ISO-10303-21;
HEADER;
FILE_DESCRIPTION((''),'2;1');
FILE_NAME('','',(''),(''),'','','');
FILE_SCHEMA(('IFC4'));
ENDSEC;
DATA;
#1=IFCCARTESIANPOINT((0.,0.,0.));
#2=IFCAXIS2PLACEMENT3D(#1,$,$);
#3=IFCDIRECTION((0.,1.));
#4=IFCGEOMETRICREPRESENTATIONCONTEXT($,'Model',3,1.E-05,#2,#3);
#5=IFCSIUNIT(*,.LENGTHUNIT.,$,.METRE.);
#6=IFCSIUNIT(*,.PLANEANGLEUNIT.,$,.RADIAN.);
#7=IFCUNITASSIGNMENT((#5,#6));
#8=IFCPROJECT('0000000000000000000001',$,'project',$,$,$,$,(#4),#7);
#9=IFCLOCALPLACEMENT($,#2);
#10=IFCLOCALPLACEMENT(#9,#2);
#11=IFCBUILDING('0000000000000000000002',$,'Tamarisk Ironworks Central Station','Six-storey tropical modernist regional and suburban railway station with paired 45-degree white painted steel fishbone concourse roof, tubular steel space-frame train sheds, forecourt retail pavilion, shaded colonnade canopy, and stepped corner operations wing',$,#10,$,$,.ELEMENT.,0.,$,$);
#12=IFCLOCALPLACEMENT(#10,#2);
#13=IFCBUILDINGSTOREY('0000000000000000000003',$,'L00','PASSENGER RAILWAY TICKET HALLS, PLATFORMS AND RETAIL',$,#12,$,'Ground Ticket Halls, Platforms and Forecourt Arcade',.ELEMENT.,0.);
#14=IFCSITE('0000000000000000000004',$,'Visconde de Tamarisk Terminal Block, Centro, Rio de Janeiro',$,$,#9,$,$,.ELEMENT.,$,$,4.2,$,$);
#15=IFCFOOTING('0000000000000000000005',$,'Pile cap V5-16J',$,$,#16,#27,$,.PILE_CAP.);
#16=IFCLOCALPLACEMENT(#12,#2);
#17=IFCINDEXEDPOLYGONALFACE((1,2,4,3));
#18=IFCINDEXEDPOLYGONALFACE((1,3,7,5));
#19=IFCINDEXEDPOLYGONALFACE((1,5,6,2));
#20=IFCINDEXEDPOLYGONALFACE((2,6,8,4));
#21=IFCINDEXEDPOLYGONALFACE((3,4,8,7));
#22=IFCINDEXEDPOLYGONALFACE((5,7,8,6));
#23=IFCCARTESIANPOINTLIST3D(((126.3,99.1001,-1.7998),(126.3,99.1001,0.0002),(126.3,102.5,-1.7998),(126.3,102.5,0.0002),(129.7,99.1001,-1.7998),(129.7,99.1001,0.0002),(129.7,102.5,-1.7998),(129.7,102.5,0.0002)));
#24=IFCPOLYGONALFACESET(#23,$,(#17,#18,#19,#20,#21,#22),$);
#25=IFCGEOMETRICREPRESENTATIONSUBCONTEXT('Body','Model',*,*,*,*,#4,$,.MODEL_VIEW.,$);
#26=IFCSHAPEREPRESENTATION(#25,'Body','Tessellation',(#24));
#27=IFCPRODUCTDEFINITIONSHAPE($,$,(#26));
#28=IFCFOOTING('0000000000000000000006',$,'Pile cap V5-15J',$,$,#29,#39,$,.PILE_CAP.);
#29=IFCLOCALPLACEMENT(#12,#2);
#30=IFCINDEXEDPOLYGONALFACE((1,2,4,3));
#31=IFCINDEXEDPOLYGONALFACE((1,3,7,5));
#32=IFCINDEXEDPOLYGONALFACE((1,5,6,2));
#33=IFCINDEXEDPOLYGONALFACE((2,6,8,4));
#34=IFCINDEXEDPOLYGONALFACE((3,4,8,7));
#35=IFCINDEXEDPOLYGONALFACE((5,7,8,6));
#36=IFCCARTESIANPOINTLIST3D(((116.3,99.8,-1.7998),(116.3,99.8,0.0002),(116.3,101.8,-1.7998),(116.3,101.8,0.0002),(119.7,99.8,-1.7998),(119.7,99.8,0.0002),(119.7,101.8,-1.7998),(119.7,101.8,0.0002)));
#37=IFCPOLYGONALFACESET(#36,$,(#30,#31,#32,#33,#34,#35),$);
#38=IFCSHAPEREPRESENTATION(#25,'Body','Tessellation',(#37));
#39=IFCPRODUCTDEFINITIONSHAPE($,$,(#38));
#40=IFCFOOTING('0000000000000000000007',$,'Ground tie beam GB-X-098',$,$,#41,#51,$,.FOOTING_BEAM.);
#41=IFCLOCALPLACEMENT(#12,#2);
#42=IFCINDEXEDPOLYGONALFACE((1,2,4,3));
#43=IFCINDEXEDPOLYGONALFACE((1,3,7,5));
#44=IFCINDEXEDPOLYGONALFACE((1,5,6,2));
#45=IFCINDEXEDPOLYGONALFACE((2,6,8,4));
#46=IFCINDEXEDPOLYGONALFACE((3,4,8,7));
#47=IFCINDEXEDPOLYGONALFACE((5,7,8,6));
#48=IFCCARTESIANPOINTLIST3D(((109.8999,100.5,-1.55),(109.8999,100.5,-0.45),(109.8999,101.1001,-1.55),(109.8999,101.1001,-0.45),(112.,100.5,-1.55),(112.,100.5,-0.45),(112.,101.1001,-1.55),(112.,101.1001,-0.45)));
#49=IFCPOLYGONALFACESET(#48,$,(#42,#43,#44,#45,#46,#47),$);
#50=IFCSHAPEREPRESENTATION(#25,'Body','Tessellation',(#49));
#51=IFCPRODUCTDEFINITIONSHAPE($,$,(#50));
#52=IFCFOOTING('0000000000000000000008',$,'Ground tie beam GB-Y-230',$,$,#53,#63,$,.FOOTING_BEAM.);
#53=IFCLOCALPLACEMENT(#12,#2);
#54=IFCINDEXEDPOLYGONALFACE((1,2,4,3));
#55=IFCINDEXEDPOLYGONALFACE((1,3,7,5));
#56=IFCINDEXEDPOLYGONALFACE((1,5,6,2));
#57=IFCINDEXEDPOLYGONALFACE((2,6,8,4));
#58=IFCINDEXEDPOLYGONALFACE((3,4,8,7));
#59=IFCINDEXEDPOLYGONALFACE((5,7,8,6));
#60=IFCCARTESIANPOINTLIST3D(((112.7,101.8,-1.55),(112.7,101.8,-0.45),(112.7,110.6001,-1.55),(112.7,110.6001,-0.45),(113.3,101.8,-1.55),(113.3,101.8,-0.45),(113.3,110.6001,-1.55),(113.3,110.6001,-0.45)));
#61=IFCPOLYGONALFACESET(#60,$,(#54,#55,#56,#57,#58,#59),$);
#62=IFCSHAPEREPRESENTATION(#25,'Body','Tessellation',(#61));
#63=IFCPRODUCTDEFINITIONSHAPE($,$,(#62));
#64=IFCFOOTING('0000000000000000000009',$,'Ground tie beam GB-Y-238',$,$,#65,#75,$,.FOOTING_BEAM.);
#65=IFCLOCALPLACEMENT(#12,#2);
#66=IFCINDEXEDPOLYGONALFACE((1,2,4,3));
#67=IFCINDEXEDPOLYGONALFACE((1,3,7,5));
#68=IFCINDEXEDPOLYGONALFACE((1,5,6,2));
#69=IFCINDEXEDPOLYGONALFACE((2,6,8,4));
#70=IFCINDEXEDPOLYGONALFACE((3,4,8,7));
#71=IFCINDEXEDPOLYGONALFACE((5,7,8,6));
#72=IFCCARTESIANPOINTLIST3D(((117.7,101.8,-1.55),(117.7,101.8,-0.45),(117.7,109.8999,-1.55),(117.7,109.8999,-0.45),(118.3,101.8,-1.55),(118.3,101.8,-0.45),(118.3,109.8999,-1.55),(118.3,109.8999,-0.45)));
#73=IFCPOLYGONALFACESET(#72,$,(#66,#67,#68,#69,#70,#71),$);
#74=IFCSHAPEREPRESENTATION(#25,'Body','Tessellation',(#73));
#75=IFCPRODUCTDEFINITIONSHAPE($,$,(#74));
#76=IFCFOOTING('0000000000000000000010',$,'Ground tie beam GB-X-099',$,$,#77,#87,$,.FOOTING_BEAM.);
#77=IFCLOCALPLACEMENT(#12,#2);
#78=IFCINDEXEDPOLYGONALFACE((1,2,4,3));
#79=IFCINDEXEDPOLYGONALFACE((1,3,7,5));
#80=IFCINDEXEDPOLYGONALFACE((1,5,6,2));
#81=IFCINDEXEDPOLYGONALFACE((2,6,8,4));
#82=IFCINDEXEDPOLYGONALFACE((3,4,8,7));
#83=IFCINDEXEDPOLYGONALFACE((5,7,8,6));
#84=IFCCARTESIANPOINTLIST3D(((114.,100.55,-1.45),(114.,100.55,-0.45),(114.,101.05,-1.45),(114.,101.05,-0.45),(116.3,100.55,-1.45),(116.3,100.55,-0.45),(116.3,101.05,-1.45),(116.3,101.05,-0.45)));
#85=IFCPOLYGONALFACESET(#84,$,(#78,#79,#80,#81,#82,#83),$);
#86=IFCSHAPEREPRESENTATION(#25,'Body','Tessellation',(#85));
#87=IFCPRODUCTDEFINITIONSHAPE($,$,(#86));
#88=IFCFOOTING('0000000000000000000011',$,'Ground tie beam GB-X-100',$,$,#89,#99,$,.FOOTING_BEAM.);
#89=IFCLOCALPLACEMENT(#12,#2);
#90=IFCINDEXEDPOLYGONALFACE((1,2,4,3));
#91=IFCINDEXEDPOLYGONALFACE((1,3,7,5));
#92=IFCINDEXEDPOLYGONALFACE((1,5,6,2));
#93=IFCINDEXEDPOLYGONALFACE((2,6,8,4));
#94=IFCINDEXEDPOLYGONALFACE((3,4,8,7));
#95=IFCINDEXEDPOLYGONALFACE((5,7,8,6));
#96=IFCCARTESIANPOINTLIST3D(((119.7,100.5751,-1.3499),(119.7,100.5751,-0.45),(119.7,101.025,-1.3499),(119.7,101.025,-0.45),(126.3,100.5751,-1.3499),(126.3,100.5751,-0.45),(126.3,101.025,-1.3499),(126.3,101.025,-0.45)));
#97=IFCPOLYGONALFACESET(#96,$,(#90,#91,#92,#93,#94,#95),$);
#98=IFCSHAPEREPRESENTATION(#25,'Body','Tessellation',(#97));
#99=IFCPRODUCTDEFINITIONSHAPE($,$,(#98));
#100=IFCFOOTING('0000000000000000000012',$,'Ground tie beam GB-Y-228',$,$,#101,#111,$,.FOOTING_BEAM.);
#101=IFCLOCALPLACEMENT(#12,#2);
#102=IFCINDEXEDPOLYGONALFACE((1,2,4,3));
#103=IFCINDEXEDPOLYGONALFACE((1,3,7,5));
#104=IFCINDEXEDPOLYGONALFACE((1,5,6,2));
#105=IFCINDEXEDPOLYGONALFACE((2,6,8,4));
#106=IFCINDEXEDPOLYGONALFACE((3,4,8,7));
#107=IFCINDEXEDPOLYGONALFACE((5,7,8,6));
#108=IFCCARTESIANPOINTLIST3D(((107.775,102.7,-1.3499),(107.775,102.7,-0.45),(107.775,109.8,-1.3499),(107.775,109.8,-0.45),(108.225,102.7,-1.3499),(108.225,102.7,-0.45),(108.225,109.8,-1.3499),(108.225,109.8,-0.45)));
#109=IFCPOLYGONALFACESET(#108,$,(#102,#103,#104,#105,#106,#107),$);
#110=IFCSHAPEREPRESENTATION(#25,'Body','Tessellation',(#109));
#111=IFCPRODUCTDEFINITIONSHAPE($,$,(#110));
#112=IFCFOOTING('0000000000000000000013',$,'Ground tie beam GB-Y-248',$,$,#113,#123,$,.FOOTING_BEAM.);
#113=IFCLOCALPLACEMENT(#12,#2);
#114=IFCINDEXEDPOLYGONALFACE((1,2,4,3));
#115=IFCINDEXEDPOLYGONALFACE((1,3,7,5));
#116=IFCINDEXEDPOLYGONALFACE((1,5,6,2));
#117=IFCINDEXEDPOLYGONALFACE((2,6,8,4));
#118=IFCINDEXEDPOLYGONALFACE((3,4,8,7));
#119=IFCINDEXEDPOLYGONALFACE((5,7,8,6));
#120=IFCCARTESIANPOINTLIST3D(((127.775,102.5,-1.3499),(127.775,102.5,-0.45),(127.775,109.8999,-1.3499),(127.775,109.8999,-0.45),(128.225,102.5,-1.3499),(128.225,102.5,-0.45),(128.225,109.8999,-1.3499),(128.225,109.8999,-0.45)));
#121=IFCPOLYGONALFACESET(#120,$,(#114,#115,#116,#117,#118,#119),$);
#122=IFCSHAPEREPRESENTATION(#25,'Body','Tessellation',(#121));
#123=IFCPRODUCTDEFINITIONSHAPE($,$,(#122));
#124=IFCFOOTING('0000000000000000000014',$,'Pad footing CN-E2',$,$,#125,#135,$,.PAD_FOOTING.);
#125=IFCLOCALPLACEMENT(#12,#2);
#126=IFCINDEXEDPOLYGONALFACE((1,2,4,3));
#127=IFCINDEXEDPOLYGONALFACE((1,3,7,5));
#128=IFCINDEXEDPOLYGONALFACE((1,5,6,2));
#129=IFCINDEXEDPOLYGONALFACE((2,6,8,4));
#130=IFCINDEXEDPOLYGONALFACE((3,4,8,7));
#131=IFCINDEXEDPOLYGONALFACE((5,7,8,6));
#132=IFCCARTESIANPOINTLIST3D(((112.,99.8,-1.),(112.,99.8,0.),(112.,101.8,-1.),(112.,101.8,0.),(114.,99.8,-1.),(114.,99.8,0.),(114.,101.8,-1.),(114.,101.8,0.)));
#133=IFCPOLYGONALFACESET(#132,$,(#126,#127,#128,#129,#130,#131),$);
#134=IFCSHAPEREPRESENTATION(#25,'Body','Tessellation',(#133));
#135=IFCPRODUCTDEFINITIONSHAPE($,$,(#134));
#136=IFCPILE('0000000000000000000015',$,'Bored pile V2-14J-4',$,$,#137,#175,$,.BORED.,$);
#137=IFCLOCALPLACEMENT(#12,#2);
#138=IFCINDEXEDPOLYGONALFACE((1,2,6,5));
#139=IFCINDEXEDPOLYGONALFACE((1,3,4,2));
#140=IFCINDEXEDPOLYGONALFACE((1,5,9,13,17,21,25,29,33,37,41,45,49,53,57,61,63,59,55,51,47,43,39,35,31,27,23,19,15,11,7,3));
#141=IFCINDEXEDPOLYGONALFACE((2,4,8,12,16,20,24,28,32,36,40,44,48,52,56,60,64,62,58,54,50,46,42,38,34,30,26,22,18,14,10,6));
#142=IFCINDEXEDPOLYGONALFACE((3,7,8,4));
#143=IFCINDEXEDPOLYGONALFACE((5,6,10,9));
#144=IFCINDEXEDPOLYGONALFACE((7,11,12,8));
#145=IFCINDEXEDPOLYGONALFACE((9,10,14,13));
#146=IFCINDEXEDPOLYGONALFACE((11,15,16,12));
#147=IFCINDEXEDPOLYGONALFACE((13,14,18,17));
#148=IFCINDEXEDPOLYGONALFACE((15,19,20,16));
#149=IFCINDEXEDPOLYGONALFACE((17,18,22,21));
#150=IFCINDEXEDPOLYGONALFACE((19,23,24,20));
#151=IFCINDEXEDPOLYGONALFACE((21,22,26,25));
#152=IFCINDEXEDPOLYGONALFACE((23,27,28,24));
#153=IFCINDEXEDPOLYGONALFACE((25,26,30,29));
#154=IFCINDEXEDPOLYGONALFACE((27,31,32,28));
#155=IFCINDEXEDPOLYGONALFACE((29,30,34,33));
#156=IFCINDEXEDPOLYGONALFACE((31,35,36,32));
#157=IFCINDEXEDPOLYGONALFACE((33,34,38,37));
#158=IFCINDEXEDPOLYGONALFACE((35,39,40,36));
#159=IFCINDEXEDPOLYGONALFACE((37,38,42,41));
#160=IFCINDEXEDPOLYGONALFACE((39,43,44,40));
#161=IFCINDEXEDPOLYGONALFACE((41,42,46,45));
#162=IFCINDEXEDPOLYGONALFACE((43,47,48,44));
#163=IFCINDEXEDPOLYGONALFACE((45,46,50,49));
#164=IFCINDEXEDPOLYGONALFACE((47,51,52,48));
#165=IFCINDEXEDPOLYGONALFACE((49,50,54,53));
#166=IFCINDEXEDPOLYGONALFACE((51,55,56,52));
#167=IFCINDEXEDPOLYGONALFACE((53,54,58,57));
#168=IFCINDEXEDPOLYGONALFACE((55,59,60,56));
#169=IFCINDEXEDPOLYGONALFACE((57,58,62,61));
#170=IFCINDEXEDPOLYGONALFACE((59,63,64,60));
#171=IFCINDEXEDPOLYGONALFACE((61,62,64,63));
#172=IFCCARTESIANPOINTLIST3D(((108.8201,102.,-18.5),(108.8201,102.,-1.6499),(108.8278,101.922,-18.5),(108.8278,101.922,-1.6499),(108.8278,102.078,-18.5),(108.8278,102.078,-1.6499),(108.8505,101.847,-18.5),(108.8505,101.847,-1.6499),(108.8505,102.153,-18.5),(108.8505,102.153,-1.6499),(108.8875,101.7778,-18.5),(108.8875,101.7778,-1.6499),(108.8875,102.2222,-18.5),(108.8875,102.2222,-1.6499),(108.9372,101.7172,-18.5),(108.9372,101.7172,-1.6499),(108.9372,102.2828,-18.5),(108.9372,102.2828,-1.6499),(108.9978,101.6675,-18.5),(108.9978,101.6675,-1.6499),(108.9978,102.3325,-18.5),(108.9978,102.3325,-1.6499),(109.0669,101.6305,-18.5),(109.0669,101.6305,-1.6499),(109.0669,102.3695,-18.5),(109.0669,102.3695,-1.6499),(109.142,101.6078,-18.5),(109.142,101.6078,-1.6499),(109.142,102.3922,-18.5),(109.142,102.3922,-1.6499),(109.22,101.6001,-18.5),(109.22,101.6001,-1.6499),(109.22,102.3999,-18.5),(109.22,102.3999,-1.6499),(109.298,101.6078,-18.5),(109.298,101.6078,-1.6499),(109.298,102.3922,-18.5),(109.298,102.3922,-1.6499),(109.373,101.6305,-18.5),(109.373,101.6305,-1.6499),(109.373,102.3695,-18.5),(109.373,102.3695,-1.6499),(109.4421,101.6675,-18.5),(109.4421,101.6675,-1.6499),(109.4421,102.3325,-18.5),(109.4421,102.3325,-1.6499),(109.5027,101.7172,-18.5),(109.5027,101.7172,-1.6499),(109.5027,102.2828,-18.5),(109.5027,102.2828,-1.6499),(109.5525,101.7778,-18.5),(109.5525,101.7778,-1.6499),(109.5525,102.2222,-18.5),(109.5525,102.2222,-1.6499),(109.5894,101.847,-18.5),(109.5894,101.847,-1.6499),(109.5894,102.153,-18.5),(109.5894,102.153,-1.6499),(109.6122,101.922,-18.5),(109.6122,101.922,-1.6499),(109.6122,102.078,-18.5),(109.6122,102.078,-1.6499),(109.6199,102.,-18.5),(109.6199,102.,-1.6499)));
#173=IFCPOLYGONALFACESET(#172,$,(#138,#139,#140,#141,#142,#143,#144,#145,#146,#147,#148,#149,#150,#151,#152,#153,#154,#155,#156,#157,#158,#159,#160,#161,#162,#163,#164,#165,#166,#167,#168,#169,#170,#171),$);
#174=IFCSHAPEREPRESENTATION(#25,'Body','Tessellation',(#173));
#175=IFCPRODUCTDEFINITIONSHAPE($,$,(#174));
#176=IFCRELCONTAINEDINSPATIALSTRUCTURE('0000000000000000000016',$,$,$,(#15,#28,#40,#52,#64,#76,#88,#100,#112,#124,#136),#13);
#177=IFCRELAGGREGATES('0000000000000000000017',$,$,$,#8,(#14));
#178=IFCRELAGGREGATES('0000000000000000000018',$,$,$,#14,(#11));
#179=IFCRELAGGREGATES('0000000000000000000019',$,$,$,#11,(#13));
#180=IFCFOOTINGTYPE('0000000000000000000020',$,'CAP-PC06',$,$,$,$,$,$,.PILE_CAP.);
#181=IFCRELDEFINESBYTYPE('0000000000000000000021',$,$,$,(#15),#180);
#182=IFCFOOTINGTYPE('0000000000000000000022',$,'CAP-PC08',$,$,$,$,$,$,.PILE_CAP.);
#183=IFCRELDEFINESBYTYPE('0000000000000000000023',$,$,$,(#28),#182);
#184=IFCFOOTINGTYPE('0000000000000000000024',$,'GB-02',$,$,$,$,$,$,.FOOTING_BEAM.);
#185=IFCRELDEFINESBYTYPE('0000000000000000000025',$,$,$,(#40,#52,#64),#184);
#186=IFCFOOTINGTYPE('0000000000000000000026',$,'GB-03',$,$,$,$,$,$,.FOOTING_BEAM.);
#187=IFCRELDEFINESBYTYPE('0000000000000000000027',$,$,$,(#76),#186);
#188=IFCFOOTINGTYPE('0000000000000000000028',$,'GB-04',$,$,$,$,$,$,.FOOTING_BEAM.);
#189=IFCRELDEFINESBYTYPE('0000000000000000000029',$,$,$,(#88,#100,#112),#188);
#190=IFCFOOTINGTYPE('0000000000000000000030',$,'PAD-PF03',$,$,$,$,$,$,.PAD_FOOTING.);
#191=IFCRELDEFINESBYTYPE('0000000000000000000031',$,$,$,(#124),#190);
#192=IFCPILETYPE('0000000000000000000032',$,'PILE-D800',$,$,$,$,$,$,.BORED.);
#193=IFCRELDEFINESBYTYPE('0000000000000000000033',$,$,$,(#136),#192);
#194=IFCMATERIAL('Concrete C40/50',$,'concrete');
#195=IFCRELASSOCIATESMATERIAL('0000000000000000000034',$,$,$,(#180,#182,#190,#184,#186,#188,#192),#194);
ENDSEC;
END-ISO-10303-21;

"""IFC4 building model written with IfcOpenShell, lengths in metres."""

from ifc_helpers import new_model, si_unit, direction, frame, origin, origin_2d, place, context, subcontext, project, spatial, rectangle, circle, extrude, material, material_profile, profile_set, type_object, element, save


model = new_model("IFC4")

# Units and contexts
model_context = context("Model", 3, precision=1e-05, world=origin(), true_north=direction((0.0, 1.0)))
body_context = subcontext(model_context, "Body", "Model", "MODEL_VIEW")
ifc_project = project(units=[si_unit("LENGTHUNIT", "METRE"), si_unit("PLANEANGLEUNIT", "RADIAN")], contexts=[model_context])

# Site, building, storey
site_placement = place(None, origin())
site = spatial("IfcSite", under=ifc_project, at=site_placement, Name="Visconde de Tamarisk Terminal Block, Centro, Rio de Janeiro", CompositionType="ELEMENT", RefElevation=4.2)
building_placement = place(site_placement, origin())
building = spatial("IfcBuilding", under=site, at=building_placement, Name="Tamarisk Ironworks Central Station", Description="Six-storey tropical modernist regional and suburban railway station with paired 45-degree white painted steel fishbone concourse roof, tubular steel space-frame train sheds, forecourt retail pavilion, shaded colonnade canopy, and stepped corner operations wing", CompositionType="ELEMENT", ElevationOfRefHeight=0.0)
storey_placement = place(building_placement, origin())
storey = spatial("IfcBuildingStorey", under=building, at=storey_placement, Name="L00", Description="PASSENGER RAILWAY TICKET HALLS, PLATFORMS AND RETAIL", LongName="Ground Ticket Halls, Platforms and Forecourt Arcade", CompositionType="ELEMENT", Elevation=0.0)

# Footings
ifc_material_1 = material(Name="Concrete C40/50", Category="concrete")
footing_type_1 = type_object("IfcFootingType", Name="CAP-PC06", PredefinedType="PILE_CAP", material=ifc_material_1)
footing_1_placement = place(storey_placement, frame((128.0, 100.8, -1.7998), z_axis=(0.0, 0.0, 1.0), x_axis=(1.0, 0.0, 0.0)))
element("IfcFooting", 1, at=footing_1_placement, inside=storey, type_object=footing_type_1, Name="Pile cap V5-16J", PredefinedType="PILE_CAP", context=body_context, shape_type="SweptSolid", body=[
    extrude(rectangle(XDim=3.3999, YDim=3.3999, at=origin_2d()), origin(), (0.0, 0.0, 1.0), 1.8),
])
footing_type_2 = type_object("IfcFootingType", Name="CAP-PC08", PredefinedType="PILE_CAP", material=ifc_material_1)
footing_2_placement = place(storey_placement, frame((118.0, 100.8, -1.7998), z_axis=(0.0, 0.0, 1.0), x_axis=(1.0, 0.0, 0.0)))
element("IfcFooting", 2, at=footing_2_placement, inside=storey, type_object=footing_type_2, Name="Pile cap V5-15J", PredefinedType="PILE_CAP", context=body_context, shape_type="SweptSolid", body=[
    extrude(rectangle(XDim=3.3999, YDim=2.0, at=origin_2d()), origin(), (0.0, 0.0, 1.0), 1.8),
])
ifc_material_profile_1 = material_profile(ifc_material_1, rectangle(XDim=0.6001, YDim=1.1001, at=origin_2d()), Name="GB02 600x1100")
ifc_profile_set_1 = profile_set([ifc_material_profile_1], Name="Concrete C40/50")
footing_type_3 = type_object("IfcFootingType", Name="GB-02", PredefinedType="FOOTING_BEAM", material=ifc_profile_set_1)
footing_3_placement = place(storey_placement, frame((109.8999, 100.8, -1.0), z_axis=(1.0, 0.0, 0.0), x_axis=(0.0, 1.0, 0.0)))
element("IfcFooting", 3, at=footing_3_placement, inside=storey, type_object=footing_type_3, Name="Ground tie beam GB-X-098", PredefinedType="FOOTING_BEAM", context=body_context, shape_type="SweptSolid", body=[
    extrude(rectangle(XDim=0.6001, YDim=1.1001, at=origin_2d()), origin(), (0.0, 0.0, 1.0), 2.1001),
])
footing_4_placement = place(storey_placement, frame((113.0, 101.8, -1.0), z_axis=(0.0, 1.0, 0.0), x_axis=(-1.0, 0.0, 0.0)))
element("IfcFooting", 4, at=footing_4_placement, inside=storey, type_object=footing_type_3, Name="Ground tie beam GB-Y-230", PredefinedType="FOOTING_BEAM", context=body_context, shape_type="SweptSolid", body=[
    extrude(rectangle(XDim=0.6001, YDim=1.1001, at=origin_2d()), origin(), (0.0, 0.0, 1.0), 8.8),
])
footing_5_placement = place(storey_placement, frame((118.0, 101.8, -1.0), z_axis=(0.0, 1.0, 0.0), x_axis=(-1.0, 0.0, 0.0)))
element("IfcFooting", 5, at=footing_5_placement, inside=storey, type_object=footing_type_3, Name="Ground tie beam GB-Y-238", PredefinedType="FOOTING_BEAM", context=body_context, shape_type="SweptSolid", body=[
    extrude(rectangle(XDim=0.6001, YDim=1.1001, at=origin_2d()), origin(), (0.0, 0.0, 1.0), 8.0999),
])
ifc_material_profile_2 = material_profile(ifc_material_1, rectangle(XDim=0.5, YDim=1.0, at=origin_2d()), Name="GB03 500x1000")
ifc_profile_set_2 = profile_set([ifc_material_profile_2], Name="Concrete C40/50")
footing_type_4 = type_object("IfcFootingType", Name="GB-03", PredefinedType="FOOTING_BEAM", material=ifc_profile_set_2)
footing_6_placement = place(storey_placement, frame((114.0, 100.8, -0.95), z_axis=(1.0, 0.0, 0.0), x_axis=(0.0, 1.0, 0.0)))
element("IfcFooting", 6, at=footing_6_placement, inside=storey, type_object=footing_type_4, Name="Ground tie beam GB-X-099", PredefinedType="FOOTING_BEAM", context=body_context, shape_type="SweptSolid", body=[
    extrude(rectangle(XDim=0.5, YDim=1.0, at=origin_2d()), origin(), (0.0, 0.0, 1.0), 2.3),
])
ifc_material_profile_3 = material_profile(ifc_material_1, rectangle(XDim=0.45, YDim=0.8999, at=origin_2d()), Name="GB04 450x900")
ifc_profile_set_3 = profile_set([ifc_material_profile_3], Name="Concrete C40/50")
footing_type_5 = type_object("IfcFootingType", Name="GB-04", PredefinedType="FOOTING_BEAM", material=ifc_profile_set_3)
footing_7_placement = place(storey_placement, frame((119.7, 100.8, -0.8999), z_axis=(1.0, 0.0, 0.0), x_axis=(0.0, 1.0, 0.0)))
element("IfcFooting", 7, at=footing_7_placement, inside=storey, type_object=footing_type_5, Name="Ground tie beam GB-X-100", PredefinedType="FOOTING_BEAM", context=body_context, shape_type="SweptSolid", body=[
    extrude(rectangle(XDim=0.45, YDim=0.8999, at=origin_2d()), origin(), (0.0, 0.0, 1.0), 6.6001),
])
footing_8_placement = place(storey_placement, frame((108.0, 102.7, -0.8999), z_axis=(0.0, 1.0, 0.0), x_axis=(-1.0, 0.0, 0.0)))
element("IfcFooting", 8, at=footing_8_placement, inside=storey, type_object=footing_type_5, Name="Ground tie beam GB-Y-228", PredefinedType="FOOTING_BEAM", context=body_context, shape_type="SweptSolid", body=[
    extrude(rectangle(XDim=0.45, YDim=0.8999, at=origin_2d()), origin(), (0.0, 0.0, 1.0), 7.1001),
])
footing_9_placement = place(storey_placement, frame((128.0, 102.5, -0.8999), z_axis=(0.0, 1.0, 0.0), x_axis=(-1.0, 0.0, 0.0)))
element("IfcFooting", 9, at=footing_9_placement, inside=storey, type_object=footing_type_5, Name="Ground tie beam GB-Y-248", PredefinedType="FOOTING_BEAM", context=body_context, shape_type="SweptSolid", body=[
    extrude(rectangle(XDim=0.45, YDim=0.8999, at=origin_2d()), origin(), (0.0, 0.0, 1.0), 7.3999),
])
footing_type_6 = type_object("IfcFootingType", Name="PAD-PF03", PredefinedType="PAD_FOOTING", material=ifc_material_1)
footing_10_placement = place(storey_placement, frame((113.0, 100.8, -1.0), z_axis=(0.0, 0.0, 1.0), x_axis=(1.0, 0.0, 0.0)))
element("IfcFooting", 10, at=footing_10_placement, inside=storey, type_object=footing_type_6, Name="Pad footing CN-E2", PredefinedType="PAD_FOOTING", context=body_context, shape_type="SweptSolid", body=[
    extrude(rectangle(XDim=2.0, YDim=2.0, at=origin_2d()), origin(), (0.0, 0.0, 1.0), 1.0),
])

# Pile
ifc_material_profile_4 = material_profile(ifc_material_1, circle(Radius=0.3999, at=origin_2d()), Name="BORED PILE D800")
ifc_profile_set_4 = profile_set([ifc_material_profile_4], Name="Concrete C40/50")
pile_type = type_object("IfcPileType", Name="PILE-D800", PredefinedType="BORED", material=ifc_profile_set_4)
for number, where, z_axis, x_axis, name in (
    (11, (109.22, 102.0, -1.6499), (0.0, 0.0, -1.0), (1.0, 0.0, 0.0), "Bored pile V2-14J-4"),
):
    element("IfcPile", number, at=place(storey_placement, frame(where, z_axis=z_axis, x_axis=x_axis)), inside=storey, type_object=pile_type, Name=name, PredefinedType="BORED", context=body_context, shape_type="SweptSolid", body=[
        extrude(circle(Radius=0.3999, at=origin_2d()), origin(), (0.0, 0.0, 1.0), 16.8501),
    ])

save(model, "model.ifc")
